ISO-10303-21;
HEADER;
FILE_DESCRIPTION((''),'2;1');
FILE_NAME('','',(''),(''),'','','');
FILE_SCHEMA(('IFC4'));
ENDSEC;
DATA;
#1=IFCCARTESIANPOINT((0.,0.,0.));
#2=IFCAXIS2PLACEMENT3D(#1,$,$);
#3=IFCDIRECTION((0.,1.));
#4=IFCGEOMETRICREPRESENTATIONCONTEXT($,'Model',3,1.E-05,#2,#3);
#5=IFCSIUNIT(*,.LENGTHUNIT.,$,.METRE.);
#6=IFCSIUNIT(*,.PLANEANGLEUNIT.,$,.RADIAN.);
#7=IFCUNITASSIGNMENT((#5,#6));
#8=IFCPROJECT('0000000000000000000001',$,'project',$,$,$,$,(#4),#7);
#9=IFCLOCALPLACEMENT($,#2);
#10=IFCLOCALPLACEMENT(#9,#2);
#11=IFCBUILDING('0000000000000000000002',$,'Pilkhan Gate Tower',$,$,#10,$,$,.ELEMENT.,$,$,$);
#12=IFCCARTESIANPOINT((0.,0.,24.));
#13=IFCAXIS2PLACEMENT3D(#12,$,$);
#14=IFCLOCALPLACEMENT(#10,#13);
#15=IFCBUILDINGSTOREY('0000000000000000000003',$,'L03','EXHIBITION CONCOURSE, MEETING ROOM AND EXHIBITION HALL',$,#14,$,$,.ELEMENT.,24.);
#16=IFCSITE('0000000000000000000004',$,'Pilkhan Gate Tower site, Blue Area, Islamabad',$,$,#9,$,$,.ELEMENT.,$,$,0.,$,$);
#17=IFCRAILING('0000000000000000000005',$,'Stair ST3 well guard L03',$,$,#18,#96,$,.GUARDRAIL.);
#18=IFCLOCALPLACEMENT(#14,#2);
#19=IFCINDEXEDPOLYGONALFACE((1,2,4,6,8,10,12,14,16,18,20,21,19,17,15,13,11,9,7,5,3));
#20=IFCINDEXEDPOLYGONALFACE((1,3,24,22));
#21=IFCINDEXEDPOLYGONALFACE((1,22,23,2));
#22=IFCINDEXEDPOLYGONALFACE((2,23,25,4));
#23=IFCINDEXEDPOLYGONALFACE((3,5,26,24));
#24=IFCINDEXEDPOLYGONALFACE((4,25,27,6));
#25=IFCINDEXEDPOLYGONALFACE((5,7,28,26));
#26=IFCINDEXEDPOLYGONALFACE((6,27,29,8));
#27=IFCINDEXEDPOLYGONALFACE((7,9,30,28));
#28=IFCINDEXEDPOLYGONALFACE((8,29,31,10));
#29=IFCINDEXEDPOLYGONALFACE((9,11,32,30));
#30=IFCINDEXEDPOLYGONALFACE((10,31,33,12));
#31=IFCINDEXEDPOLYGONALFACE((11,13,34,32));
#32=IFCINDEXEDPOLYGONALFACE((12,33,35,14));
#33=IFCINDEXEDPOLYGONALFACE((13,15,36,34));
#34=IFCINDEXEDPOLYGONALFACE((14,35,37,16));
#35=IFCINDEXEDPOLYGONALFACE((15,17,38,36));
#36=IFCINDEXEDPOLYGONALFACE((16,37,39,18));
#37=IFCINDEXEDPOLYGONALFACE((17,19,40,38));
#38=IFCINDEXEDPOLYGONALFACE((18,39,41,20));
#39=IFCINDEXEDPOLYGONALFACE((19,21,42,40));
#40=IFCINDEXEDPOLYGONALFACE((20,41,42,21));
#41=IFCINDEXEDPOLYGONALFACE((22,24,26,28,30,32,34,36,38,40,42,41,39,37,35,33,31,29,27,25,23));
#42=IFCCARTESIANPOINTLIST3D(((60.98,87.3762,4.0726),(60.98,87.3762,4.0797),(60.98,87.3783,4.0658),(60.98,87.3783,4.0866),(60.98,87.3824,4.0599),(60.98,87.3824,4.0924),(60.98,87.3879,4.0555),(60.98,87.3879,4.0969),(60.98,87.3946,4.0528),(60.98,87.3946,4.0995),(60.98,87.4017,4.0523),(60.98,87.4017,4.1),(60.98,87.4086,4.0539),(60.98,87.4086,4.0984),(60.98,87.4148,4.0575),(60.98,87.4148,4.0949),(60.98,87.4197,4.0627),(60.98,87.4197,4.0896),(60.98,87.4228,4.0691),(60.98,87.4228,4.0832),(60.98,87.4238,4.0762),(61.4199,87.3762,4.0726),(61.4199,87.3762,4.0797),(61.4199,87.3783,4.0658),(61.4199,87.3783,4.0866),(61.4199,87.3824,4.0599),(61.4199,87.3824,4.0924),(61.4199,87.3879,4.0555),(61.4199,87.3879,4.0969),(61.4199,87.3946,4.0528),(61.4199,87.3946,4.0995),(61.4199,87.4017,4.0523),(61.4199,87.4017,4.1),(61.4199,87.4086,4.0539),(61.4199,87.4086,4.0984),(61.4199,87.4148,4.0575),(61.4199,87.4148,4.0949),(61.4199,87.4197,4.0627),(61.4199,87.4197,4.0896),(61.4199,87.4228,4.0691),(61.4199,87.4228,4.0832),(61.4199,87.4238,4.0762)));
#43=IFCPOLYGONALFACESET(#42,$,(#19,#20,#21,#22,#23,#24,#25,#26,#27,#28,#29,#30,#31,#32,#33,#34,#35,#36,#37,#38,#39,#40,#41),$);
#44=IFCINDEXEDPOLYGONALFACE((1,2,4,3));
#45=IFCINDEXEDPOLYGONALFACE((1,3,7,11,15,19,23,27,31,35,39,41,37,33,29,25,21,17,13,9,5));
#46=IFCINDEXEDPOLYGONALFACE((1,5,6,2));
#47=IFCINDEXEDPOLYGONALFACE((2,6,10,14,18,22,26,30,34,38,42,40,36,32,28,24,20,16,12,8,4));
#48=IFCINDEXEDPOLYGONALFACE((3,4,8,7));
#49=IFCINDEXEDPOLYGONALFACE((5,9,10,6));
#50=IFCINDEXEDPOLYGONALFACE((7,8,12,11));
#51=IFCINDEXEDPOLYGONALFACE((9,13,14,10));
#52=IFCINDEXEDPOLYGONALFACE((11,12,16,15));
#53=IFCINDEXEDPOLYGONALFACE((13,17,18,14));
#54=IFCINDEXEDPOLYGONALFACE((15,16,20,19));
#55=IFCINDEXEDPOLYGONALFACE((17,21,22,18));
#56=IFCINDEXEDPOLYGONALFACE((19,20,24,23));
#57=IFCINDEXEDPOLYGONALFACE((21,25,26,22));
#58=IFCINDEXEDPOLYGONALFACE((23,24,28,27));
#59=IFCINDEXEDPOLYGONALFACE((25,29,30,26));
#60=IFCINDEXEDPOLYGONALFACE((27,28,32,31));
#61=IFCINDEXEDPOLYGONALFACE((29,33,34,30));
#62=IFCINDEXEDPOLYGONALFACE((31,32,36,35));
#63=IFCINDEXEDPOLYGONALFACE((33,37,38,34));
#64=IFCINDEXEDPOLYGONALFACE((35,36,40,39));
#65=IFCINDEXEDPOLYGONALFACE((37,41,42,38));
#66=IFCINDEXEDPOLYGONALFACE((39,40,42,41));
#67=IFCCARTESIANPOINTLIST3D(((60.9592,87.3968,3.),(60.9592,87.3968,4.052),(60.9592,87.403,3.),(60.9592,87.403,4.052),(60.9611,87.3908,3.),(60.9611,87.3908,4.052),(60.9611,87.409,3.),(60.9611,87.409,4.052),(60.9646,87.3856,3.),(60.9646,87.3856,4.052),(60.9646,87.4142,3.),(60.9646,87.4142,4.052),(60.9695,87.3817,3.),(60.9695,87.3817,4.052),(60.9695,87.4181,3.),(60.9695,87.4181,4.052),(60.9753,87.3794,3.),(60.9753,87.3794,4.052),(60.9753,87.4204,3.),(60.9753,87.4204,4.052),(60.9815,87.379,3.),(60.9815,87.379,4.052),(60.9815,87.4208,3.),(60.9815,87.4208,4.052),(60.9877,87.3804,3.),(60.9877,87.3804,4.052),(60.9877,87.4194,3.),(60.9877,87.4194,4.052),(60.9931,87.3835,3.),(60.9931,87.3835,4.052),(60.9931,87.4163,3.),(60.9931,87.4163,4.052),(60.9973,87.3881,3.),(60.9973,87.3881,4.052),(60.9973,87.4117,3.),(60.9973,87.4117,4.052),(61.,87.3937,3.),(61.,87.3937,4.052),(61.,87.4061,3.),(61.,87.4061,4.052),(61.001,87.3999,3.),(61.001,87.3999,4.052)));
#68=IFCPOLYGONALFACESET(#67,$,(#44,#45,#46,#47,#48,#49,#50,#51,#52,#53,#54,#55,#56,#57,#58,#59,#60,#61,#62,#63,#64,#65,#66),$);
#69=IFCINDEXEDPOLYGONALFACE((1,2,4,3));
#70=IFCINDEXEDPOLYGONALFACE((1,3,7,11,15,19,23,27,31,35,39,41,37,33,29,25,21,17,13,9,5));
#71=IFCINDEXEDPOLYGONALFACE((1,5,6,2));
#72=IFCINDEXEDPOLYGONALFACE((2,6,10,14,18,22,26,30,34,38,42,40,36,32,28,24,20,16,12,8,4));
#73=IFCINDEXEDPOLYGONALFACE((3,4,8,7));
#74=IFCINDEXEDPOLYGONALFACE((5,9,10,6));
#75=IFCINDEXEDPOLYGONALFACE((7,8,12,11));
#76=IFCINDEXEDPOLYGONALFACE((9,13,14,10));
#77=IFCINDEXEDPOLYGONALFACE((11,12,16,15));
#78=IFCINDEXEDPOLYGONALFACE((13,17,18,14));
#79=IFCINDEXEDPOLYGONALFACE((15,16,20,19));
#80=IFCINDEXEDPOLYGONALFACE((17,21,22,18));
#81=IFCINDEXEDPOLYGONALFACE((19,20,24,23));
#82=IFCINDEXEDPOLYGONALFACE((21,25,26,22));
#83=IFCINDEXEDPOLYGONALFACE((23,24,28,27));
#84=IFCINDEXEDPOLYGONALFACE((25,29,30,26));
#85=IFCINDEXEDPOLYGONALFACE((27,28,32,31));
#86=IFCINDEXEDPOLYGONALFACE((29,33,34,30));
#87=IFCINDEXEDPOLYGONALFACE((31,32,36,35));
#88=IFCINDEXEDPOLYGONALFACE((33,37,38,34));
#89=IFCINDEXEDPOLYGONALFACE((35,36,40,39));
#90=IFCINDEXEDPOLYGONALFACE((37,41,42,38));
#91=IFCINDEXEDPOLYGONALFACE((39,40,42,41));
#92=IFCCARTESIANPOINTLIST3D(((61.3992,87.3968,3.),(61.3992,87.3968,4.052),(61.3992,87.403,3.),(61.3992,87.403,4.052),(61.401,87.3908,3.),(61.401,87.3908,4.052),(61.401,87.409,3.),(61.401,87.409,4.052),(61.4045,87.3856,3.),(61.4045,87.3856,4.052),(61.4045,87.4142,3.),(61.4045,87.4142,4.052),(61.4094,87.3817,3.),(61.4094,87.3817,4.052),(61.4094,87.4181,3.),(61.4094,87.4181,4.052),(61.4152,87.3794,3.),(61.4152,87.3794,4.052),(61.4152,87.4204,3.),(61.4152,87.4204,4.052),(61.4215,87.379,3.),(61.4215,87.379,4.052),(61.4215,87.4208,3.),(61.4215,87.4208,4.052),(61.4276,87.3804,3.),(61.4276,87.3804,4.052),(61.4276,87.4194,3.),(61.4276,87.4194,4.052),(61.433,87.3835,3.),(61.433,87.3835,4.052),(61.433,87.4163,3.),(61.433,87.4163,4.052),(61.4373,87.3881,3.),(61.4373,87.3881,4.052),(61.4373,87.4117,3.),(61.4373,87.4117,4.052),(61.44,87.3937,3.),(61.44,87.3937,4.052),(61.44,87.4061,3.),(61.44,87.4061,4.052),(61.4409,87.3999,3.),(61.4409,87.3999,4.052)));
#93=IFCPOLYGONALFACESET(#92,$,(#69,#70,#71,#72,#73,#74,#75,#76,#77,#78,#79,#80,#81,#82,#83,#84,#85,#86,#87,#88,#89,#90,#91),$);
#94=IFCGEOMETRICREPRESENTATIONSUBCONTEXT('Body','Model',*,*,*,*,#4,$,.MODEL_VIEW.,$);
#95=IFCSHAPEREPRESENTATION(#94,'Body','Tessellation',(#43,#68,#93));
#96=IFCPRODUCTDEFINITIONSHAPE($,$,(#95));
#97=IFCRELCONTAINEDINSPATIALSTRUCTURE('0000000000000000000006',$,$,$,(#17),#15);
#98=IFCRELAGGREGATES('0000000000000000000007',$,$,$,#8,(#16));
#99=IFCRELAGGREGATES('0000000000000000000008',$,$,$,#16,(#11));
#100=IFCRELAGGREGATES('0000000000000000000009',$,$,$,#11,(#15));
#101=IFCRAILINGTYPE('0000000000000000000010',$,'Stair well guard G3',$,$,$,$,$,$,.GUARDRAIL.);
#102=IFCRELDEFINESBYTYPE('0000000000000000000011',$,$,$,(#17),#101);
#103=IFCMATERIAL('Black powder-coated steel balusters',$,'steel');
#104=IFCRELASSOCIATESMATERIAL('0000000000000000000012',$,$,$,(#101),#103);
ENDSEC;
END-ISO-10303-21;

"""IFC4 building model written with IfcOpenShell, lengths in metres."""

from ifc_helpers import new_model, si_unit, direction, frame, origin, origin_2d, place, context, subcontext, project, spatial, circle, extrude, material, type_object, element, save


model = new_model("IFC4")

# Units and contexts
model_context = context("Model", 3, precision=1e-05, world=origin(), true_north=direction((0.0, 1.0)))
body_context = subcontext(model_context, "Body", "Model", "MODEL_VIEW")
ifc_project = project(units=[si_unit("LENGTHUNIT", "METRE"), si_unit("PLANEANGLEUNIT", "RADIAN")], contexts=[model_context])

# Site, building, storey
site_placement = place(None, origin())
site = spatial("IfcSite", under=ifc_project, at=site_placement, Name="Pilkhan Gate Tower site, Blue Area, Islamabad", CompositionType="ELEMENT", RefElevation=0.0)
building_placement = place(site_placement, origin())
building = spatial("IfcBuilding", under=site, at=building_placement, Name="Pilkhan Gate Tower", CompositionType="ELEMENT")
storey_placement = place(building_placement, frame((0.0, 0.0, 24.0)))
storey = spatial("IfcBuildingStorey", under=building, at=storey_placement, Name="L03", Description="EXHIBITION CONCOURSE, MEETING ROOM AND EXHIBITION HALL", CompositionType="ELEMENT", Elevation=24.0)

# Railing
ifc_material_1 = material(Name="Black powder-coated steel balusters", Category="steel")
railing_type_1 = type_object("IfcRailingType", Name="Stair well guard G3", PredefinedType="GUARDRAIL", material=ifc_material_1)
for number, where, name in (
    (1, (60.98, 87.3999, 3.0), "Stair ST3 well guard L03"),
):
    element("IfcRailing", number, at=place(storey_placement, frame(where)), inside=storey, type_object=railing_type_1, Name=name, PredefinedType="GUARDRAIL", context=body_context, shape_type="SweptSolid", body=[
        extrude(circle(Radius=0.0239, at=origin_2d()), frame((0.0, 0.0, 1.0762), z_axis=(1.0, 0.0, 0.0), x_axis=(0.0, 1.0, 0.0)), (0.0, 0.0, 1.0), 0.4399),
        extrude(circle(Radius=0.021, at=origin_2d()), origin(), (0.0, 0.0, 1.0), 1.052),
        extrude(circle(Radius=0.021, at=origin_2d()), frame((0.4399, 0.0, 0.0)), (0.0, 0.0, 1.0), 1.052),
    ])

save(model, "model.ifc")
